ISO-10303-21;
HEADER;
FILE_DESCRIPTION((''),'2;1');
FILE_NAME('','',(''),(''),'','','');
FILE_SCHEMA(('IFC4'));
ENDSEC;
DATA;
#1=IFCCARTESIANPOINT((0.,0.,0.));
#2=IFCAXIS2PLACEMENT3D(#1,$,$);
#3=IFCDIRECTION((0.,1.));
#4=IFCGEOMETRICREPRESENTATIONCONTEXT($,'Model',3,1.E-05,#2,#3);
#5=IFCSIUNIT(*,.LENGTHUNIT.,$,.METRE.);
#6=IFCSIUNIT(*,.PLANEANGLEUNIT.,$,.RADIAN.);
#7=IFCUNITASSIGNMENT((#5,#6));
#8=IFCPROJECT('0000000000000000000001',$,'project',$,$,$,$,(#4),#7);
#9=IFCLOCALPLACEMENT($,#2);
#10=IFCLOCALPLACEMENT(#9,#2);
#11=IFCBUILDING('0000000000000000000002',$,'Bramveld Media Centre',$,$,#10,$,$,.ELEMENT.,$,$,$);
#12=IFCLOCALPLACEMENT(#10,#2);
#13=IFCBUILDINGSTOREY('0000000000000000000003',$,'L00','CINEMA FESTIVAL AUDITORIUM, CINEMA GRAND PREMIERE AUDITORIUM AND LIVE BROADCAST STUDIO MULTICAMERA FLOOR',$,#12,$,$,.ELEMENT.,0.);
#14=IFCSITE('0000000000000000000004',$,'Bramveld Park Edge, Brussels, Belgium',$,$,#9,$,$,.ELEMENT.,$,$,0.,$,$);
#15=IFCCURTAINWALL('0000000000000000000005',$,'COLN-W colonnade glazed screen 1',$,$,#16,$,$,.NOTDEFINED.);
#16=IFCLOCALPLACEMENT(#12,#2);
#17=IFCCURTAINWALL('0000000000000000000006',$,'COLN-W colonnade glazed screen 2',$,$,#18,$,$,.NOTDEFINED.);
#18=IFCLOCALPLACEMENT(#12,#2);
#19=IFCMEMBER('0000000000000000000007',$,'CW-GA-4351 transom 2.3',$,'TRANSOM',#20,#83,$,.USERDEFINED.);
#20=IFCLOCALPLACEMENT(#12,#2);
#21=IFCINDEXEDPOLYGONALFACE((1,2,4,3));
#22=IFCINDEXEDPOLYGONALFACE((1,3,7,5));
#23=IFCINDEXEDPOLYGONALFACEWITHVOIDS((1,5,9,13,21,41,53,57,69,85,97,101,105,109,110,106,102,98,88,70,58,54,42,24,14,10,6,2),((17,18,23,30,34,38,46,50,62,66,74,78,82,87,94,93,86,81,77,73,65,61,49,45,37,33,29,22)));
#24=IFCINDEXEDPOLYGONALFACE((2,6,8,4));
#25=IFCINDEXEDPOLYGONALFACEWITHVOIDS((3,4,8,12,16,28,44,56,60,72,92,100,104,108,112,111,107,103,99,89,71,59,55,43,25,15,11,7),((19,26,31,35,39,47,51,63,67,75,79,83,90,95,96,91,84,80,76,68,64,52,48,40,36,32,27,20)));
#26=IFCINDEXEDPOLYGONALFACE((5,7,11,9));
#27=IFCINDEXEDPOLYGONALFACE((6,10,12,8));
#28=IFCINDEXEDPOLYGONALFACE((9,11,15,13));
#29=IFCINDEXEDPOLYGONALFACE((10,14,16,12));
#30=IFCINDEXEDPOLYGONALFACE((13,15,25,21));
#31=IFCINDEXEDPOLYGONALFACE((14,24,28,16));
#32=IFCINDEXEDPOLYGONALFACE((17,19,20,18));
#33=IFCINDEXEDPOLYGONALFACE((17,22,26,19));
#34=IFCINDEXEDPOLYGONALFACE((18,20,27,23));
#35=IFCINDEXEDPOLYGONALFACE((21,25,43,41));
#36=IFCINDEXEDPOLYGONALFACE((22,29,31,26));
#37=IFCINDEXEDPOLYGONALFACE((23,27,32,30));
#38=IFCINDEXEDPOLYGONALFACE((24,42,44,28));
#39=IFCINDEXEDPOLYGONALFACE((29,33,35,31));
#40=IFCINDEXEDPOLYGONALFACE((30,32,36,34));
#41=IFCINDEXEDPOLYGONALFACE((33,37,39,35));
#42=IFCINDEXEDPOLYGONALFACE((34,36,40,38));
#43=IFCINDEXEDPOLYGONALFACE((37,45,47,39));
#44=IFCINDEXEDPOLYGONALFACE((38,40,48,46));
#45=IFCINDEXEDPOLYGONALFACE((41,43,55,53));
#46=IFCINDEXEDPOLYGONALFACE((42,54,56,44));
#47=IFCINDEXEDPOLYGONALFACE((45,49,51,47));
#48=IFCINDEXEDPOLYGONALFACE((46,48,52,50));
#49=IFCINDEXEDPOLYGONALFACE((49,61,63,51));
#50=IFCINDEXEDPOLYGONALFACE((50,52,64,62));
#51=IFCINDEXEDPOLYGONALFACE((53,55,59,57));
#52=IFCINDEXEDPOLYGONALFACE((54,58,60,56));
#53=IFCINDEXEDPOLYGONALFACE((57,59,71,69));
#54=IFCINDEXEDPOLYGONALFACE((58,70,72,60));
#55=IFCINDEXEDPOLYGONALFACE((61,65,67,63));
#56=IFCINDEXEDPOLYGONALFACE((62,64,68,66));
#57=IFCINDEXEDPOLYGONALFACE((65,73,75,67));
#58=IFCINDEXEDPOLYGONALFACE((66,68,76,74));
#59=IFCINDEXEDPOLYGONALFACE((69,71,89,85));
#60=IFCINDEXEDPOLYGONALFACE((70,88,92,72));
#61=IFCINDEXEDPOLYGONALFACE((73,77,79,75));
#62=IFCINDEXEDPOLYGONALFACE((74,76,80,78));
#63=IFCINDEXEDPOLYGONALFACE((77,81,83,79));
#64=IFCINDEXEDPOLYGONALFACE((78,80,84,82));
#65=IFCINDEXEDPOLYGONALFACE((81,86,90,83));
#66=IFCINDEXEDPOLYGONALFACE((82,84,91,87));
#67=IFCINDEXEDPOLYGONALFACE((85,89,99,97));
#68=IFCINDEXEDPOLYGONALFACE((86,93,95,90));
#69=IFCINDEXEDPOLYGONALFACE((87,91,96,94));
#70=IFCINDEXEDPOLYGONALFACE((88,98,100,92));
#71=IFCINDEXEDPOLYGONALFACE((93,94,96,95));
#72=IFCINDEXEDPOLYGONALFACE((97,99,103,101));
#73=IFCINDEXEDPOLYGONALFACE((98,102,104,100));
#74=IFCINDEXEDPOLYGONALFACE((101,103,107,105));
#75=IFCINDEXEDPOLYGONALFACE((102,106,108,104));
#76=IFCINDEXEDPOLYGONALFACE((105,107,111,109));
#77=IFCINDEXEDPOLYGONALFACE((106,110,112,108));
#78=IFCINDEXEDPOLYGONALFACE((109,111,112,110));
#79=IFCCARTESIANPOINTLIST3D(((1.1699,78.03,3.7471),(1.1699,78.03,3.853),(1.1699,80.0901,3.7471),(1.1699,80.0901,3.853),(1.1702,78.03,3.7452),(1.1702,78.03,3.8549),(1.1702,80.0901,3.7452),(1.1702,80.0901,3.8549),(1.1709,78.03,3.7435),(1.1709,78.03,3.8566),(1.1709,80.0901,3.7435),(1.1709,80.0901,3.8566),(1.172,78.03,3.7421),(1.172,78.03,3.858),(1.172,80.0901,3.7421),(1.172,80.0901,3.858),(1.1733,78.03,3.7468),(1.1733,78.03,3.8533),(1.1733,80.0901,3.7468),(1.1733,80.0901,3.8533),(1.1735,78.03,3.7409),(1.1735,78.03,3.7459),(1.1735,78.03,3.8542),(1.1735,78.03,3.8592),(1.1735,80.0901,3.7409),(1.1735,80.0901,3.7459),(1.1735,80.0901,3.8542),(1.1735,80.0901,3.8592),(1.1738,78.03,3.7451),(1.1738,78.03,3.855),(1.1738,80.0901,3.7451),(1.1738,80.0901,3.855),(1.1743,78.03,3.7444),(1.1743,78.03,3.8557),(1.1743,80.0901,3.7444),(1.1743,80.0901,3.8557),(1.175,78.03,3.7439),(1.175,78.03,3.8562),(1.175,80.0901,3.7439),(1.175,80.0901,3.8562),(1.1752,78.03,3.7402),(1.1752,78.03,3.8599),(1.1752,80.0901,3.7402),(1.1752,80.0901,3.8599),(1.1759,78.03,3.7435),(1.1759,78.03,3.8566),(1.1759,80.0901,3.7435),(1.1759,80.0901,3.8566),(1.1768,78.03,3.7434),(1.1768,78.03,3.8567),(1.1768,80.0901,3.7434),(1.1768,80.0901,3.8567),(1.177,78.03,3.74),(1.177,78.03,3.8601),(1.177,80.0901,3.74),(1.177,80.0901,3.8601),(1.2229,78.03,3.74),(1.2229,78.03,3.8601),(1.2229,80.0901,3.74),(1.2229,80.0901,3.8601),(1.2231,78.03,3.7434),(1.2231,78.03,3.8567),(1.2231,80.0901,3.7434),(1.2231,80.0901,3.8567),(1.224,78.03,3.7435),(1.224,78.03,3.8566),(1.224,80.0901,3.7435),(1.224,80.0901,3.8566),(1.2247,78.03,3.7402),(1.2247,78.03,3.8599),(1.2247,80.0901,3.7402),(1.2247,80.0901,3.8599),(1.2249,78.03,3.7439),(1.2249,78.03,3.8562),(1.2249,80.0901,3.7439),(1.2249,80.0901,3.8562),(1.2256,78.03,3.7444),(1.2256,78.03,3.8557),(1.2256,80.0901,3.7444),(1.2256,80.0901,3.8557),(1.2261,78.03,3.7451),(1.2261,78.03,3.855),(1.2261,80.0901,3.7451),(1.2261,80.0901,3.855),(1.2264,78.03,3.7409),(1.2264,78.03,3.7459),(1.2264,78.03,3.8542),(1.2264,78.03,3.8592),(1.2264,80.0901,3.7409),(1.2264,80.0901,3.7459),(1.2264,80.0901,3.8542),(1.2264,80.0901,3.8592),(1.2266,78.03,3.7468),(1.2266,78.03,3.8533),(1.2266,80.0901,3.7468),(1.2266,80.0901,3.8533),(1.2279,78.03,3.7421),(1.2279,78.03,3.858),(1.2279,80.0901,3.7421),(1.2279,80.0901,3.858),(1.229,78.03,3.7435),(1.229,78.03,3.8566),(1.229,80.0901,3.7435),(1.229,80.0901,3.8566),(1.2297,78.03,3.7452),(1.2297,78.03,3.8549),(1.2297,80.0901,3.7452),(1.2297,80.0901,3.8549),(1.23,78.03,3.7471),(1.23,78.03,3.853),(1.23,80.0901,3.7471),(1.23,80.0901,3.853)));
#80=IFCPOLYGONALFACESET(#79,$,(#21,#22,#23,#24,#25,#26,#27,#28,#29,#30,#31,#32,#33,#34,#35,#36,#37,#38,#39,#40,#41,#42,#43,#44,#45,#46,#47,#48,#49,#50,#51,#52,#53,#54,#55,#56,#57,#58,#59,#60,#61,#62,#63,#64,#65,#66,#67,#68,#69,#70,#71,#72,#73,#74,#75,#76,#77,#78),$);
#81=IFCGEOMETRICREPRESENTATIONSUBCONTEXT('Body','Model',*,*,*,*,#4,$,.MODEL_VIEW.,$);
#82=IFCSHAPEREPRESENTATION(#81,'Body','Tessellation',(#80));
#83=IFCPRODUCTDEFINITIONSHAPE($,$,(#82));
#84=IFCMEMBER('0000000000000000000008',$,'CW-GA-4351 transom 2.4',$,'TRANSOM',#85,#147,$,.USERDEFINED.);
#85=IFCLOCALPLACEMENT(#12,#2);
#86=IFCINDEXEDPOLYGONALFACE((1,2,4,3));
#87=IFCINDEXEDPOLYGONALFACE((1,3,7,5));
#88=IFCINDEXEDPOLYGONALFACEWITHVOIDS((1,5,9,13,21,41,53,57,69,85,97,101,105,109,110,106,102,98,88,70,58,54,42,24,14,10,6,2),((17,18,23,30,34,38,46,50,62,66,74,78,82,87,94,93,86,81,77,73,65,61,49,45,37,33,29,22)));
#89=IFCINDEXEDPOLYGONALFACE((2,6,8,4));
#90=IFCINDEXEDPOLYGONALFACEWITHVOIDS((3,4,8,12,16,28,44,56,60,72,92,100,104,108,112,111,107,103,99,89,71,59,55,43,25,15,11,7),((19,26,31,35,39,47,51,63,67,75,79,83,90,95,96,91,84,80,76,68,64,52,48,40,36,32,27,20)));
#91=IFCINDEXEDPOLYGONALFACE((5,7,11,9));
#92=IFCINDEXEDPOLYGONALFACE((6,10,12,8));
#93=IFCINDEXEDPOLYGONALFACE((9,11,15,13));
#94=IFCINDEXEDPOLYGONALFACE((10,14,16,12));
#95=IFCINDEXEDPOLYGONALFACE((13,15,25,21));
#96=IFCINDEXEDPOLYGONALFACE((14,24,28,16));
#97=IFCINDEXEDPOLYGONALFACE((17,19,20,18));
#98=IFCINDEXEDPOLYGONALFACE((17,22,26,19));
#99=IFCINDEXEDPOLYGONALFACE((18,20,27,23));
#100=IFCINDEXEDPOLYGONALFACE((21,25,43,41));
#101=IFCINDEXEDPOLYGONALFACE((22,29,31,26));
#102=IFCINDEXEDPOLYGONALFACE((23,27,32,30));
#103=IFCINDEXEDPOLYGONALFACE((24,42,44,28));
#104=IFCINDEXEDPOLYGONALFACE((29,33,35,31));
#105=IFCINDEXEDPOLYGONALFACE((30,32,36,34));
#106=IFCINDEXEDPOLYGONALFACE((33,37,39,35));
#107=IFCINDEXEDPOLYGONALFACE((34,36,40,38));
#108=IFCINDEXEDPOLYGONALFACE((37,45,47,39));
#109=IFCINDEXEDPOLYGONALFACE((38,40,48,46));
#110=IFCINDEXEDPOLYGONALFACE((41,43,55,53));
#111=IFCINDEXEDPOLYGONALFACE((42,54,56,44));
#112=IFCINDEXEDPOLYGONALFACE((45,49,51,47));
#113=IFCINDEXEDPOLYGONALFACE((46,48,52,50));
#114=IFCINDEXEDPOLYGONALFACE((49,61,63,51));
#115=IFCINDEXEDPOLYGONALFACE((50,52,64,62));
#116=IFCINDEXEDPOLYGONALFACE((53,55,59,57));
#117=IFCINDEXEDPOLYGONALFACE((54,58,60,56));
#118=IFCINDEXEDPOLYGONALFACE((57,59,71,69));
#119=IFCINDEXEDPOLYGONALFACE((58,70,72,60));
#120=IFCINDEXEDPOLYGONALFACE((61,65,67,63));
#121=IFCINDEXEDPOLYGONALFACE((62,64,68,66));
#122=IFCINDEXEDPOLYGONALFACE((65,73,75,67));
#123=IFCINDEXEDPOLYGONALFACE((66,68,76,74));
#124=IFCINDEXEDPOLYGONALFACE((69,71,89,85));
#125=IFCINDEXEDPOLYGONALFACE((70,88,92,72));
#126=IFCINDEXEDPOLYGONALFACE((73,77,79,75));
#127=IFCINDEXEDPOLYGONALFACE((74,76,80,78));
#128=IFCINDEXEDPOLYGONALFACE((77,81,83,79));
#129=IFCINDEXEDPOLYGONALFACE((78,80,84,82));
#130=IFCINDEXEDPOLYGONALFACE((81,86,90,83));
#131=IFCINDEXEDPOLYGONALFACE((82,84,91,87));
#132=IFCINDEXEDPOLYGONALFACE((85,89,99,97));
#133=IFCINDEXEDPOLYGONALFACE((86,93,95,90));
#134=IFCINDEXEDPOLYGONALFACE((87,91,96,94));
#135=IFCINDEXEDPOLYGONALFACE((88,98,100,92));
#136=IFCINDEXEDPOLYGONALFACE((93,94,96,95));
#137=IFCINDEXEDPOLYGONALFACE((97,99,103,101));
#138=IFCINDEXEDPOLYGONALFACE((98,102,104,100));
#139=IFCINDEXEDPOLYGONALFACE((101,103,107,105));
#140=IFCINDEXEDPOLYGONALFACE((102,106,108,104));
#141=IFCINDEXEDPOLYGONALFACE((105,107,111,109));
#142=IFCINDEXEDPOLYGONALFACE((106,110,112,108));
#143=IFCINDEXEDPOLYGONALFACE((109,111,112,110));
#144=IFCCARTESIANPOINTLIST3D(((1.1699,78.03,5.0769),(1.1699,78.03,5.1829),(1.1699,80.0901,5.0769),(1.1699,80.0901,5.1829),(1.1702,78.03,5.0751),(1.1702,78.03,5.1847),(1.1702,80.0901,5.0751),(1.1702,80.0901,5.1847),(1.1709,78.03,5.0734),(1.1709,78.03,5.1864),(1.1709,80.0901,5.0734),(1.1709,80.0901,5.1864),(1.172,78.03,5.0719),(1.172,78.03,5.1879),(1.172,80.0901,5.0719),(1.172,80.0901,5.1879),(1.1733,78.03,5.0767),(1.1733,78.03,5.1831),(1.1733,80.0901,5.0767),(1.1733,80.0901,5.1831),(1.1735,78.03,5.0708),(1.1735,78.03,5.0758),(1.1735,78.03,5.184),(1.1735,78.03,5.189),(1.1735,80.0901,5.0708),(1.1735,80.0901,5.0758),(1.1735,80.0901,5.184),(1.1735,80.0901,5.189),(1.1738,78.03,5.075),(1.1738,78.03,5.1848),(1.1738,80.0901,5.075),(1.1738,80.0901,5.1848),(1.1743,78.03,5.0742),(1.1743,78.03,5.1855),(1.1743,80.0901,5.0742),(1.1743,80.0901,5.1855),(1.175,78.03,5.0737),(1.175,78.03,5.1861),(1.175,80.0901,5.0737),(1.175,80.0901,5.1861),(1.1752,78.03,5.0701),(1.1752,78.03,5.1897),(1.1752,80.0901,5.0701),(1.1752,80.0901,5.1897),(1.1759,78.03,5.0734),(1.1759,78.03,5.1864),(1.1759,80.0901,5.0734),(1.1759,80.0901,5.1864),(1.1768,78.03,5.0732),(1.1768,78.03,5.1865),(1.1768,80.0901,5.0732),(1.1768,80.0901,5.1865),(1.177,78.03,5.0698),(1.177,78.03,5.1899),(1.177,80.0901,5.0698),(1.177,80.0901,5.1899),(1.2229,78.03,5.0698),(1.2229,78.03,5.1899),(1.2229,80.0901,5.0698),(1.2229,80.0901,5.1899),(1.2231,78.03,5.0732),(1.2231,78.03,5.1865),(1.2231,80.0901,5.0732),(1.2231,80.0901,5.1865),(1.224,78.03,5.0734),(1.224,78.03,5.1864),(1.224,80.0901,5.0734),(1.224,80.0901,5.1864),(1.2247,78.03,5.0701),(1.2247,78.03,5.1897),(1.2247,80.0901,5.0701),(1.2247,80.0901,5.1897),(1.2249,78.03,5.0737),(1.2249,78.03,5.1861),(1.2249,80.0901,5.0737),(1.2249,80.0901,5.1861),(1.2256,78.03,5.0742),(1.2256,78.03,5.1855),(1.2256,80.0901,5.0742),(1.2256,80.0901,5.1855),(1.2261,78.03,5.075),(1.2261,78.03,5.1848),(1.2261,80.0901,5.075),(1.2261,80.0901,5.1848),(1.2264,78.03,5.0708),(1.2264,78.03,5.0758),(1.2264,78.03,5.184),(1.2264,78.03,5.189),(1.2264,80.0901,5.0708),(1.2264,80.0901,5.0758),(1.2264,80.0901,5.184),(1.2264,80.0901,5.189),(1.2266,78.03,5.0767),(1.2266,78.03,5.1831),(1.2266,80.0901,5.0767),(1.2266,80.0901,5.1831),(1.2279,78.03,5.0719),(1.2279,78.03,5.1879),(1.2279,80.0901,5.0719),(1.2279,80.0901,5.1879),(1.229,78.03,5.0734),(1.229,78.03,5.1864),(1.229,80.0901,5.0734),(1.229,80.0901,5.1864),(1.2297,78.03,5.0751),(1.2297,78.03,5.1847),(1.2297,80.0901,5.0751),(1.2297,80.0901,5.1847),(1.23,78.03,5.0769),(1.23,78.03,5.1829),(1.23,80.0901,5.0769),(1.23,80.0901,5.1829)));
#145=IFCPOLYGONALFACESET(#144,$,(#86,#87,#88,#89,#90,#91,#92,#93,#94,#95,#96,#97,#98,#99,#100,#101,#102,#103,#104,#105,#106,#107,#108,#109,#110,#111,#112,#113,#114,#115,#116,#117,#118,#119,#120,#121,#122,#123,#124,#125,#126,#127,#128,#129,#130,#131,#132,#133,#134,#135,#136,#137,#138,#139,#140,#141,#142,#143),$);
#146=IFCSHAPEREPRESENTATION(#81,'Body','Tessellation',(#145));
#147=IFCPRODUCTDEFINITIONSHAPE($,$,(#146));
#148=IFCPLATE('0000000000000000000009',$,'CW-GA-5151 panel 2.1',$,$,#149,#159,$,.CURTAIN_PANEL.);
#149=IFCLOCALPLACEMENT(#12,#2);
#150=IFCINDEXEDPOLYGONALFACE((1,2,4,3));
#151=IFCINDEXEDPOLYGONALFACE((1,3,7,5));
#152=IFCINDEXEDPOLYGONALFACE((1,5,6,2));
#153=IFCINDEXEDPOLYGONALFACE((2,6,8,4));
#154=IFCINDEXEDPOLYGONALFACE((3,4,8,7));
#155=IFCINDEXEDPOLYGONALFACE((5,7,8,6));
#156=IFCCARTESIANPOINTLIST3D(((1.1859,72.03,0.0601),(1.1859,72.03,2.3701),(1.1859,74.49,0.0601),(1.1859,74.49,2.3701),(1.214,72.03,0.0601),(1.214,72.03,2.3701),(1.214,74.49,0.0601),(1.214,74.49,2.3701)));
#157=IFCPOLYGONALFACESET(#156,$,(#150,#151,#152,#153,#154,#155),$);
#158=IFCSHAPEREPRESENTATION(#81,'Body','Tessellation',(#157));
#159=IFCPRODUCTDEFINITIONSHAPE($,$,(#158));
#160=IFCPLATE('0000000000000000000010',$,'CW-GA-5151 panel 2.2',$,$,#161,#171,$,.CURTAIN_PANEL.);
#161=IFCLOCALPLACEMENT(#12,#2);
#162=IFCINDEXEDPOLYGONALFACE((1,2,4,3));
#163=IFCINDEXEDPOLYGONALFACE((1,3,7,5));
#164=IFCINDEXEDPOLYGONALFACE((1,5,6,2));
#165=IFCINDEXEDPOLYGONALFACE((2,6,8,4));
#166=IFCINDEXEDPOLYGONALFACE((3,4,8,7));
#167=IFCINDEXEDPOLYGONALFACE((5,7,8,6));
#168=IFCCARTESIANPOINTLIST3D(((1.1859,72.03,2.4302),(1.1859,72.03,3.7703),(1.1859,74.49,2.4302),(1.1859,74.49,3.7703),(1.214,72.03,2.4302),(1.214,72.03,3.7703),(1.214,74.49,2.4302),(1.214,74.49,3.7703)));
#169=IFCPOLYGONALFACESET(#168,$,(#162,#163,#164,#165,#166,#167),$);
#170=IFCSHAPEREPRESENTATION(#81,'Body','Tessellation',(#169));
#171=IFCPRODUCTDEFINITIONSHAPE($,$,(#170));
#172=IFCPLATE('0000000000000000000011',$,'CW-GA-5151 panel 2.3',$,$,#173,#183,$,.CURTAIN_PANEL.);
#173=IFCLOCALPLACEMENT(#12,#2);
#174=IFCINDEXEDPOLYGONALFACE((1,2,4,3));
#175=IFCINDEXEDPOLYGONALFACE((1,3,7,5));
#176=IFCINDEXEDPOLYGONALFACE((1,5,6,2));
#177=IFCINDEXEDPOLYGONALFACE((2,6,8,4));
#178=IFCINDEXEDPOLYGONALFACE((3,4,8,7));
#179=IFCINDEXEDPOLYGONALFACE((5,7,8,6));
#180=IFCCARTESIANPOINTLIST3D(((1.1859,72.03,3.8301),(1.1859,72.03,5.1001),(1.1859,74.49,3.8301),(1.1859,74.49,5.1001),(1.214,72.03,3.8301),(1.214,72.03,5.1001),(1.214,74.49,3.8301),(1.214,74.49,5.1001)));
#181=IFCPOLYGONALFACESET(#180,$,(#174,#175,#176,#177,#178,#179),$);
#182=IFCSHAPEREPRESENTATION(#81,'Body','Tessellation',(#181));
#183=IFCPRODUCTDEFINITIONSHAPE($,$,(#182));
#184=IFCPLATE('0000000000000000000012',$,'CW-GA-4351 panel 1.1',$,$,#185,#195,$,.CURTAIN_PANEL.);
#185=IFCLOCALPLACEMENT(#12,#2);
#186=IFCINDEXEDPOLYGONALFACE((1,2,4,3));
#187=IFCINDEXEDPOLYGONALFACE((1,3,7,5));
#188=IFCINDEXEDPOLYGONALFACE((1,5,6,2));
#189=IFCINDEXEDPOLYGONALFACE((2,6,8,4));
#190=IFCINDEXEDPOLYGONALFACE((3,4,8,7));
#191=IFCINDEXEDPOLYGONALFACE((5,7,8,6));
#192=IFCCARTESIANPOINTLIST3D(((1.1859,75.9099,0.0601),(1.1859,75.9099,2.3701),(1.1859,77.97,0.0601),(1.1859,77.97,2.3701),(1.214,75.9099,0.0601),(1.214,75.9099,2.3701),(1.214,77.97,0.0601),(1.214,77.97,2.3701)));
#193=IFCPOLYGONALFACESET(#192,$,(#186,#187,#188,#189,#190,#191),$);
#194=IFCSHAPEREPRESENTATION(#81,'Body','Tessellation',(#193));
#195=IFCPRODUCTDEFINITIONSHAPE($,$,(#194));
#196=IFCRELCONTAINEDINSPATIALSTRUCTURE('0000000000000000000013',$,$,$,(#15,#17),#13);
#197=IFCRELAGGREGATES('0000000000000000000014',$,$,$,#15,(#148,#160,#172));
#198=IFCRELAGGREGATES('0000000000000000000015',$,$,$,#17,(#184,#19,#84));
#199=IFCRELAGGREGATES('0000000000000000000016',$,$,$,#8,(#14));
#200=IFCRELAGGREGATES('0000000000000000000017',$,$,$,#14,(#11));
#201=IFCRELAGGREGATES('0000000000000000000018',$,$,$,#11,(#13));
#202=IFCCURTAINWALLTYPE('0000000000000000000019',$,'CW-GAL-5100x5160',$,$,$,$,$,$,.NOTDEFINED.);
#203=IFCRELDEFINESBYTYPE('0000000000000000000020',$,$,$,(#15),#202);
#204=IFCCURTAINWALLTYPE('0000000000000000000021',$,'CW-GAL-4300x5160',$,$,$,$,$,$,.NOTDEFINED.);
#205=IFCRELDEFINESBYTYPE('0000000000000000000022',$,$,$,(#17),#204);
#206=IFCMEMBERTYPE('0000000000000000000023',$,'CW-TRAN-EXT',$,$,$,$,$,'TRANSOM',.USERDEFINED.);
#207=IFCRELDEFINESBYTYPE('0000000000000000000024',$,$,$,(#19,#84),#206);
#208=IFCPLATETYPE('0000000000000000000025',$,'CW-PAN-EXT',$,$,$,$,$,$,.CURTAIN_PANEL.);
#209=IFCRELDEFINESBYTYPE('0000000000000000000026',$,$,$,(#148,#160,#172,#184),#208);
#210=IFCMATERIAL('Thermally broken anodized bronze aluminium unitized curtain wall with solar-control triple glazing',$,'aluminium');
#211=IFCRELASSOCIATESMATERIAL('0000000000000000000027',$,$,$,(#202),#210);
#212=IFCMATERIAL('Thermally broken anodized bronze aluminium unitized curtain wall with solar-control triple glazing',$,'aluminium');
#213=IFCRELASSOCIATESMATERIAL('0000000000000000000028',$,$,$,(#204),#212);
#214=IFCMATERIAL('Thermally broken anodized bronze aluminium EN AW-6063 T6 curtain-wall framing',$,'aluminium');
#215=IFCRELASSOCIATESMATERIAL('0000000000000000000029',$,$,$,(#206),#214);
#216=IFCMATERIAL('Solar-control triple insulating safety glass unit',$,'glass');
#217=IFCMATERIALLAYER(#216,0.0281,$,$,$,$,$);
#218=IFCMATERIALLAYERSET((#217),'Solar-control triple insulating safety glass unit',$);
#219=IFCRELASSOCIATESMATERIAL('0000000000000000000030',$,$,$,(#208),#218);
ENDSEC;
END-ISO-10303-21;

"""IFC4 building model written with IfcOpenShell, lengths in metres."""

from ifc_helpers import new_model, si_unit, direction, frame, origin, origin_2d, place, context, subcontext, project, spatial, rectangle, hollow_rectangle, extrude, material, layer, layer_set, material_profile, profile_set, type_object, element, aggregate, save


model = new_model("IFC4")

# Units and contexts
model_context = context("Model", 3, precision=1e-05, world=origin(), true_north=direction((0.0, 1.0)))
body_context = subcontext(model_context, "Body", "Model", "MODEL_VIEW")
ifc_project = project(units=[si_unit("LENGTHUNIT", "METRE"), si_unit("PLANEANGLEUNIT", "RADIAN")], contexts=[model_context])

# Site, building, storey
site_placement = place(None, origin())
site = spatial("IfcSite", under=ifc_project, at=site_placement, Name="Bramveld Park Edge, Brussels, Belgium", CompositionType="ELEMENT", RefElevation=0.0)
building_placement = place(site_placement, origin())
building = spatial("IfcBuilding", under=site, at=building_placement, Name="Bramveld Media Centre", CompositionType="ELEMENT")
storey_placement = place(building_placement, origin())
storey = spatial("IfcBuildingStorey", under=building, at=storey_placement, Name="L00", Description="CINEMA FESTIVAL AUDITORIUM, CINEMA GRAND PREMIERE AUDITORIUM AND LIVE BROADCAST STUDIO MULTICAMERA FLOOR", CompositionType="ELEMENT", Elevation=0.0)

# Curtain wall
ifc_material_1 = material(Name="Thermally broken anodized bronze aluminium unitized curtain wall with solar-control triple glazing", Category="aluminium")
curtain_wall_type_1 = type_object("IfcCurtainWallType", Name="CW-GAL-5100x5160", PredefinedType="NOTDEFINED", material=ifc_material_1)
curtain_wall_1_placement = place(storey_placement, origin())
curtain_wall_1 = element("IfcCurtainWall", 1, at=curtain_wall_1_placement, inside=storey, type_object=curtain_wall_type_1, Name="COLN-W colonnade glazed screen 1", PredefinedType="NOTDEFINED")

# Curtain wall
ifc_material_2 = material(Name="Thermally broken anodized bronze aluminium unitized curtain wall with solar-control triple glazing", Category="aluminium")
curtain_wall_type_2 = type_object("IfcCurtainWallType", Name="CW-GAL-4300x5160", PredefinedType="NOTDEFINED", material=ifc_material_2)
curtain_wall_2_placement = place(storey_placement, origin())
curtain_wall_2 = element("IfcCurtainWall", 2, at=curtain_wall_2_placement, inside=storey, type_object=curtain_wall_type_2, Name="COLN-W colonnade glazed screen 2", PredefinedType="NOTDEFINED")

# Members
ifc_material_3 = material(Name="Thermally broken anodized bronze aluminium EN AW-6063 T6 curtain-wall framing", Category="aluminium")
ifc_material_profile_1 = material_profile(ifc_material_3, hollow_rectangle(XDim=0.0601, YDim=0.1201, WallThickness=0.0034, InnerFilletRadius=0.0034, OuterFilletRadius=0.0071, at=origin_2d()), Name="AL-TRAN 60x120")
ifc_profile_set_1 = profile_set([ifc_material_profile_1], Name="Thermally broken anodized bronze aluminium EN AW-6063 T6 curtain-wall framing")
member_type_1 = type_object("IfcMemberType", Name="CW-TRAN-EXT", ElementType="TRANSOM", PredefinedType="USERDEFINED", material=ifc_profile_set_1)
member_1_placement = place(storey_placement, frame((1.2, 78.03, 3.8), z_axis=(0.0, 1.0, 0.0), x_axis=(-1.0, 0.0, 0.0)))
member_1 = element("IfcMember", 3, at=member_1_placement, type_object=member_type_1, Name="CW-GA-4351 transom 2.3", ObjectType="TRANSOM", PredefinedType="USERDEFINED", context=body_context, shape_type="SweptSolid", body=[
    extrude(hollow_rectangle(XDim=0.0601, YDim=0.1201, WallThickness=0.0034, InnerFilletRadius=0.0034, OuterFilletRadius=0.0071, at=origin_2d()), origin(), (0.0, 0.0, 1.0), 2.0601),
])
member_2_placement = place(storey_placement, frame((1.2, 78.03, 5.1299), z_axis=(0.0, 1.0, 0.0), x_axis=(-1.0, 0.0, 0.0)))
member_2 = element("IfcMember", 4, at=member_2_placement, type_object=member_type_1, Name="CW-GA-4351 transom 2.4", ObjectType="TRANSOM", PredefinedType="USERDEFINED", context=body_context, shape_type="SweptSolid", body=[
    extrude(hollow_rectangle(XDim=0.0601, YDim=0.1201, WallThickness=0.0034, InnerFilletRadius=0.0034, OuterFilletRadius=0.0071, at=origin_2d()), origin(), (0.0, 0.0, 1.0), 2.0601),
])

# Plates
ifc_material_4 = material(Name="Solar-control triple insulating safety glass unit", Category="glass")
ifc_layer = layer(ifc_material_4, 0.0281)
ifc_layer_set = layer_set([ifc_layer], Name="Solar-control triple insulating safety glass unit")
plate_type = type_object("IfcPlateType", Name="CW-PAN-EXT", PredefinedType="CURTAIN_PANEL", material=ifc_layer_set)
plate_1_placement = place(storey_placement, frame((1.2, 73.26, 0.0601), z_axis=(0.0, 0.0, 1.0), x_axis=(0.0, 1.0, 0.0)))
plate_1 = element("IfcPlate", 5, at=plate_1_placement, type_object=plate_type, Name="CW-GA-5151 panel 2.1", PredefinedType="CURTAIN_PANEL", context=body_context, shape_type="SweptSolid", body=[
    extrude(rectangle(XDim=2.46, YDim=0.0281, at=origin_2d()), origin(), (0.0, 0.0, 1.0), 2.3101),
])
plate_2_placement = place(storey_placement, frame((1.2, 73.26, 2.4302), z_axis=(0.0, 0.0, 1.0), x_axis=(0.0, 1.0, 0.0)))
plate_2 = element("IfcPlate", 6, at=plate_2_placement, type_object=plate_type, Name="CW-GA-5151 panel 2.2", PredefinedType="CURTAIN_PANEL", context=body_context, shape_type="SweptSolid", body=[
    extrude(rectangle(XDim=2.46, YDim=0.0281, at=origin_2d()), origin(), (0.0, 0.0, 1.0), 1.3401),
])
plate_3_placement = place(storey_placement, frame((1.2, 73.26, 3.8301), z_axis=(0.0, 0.0, 1.0), x_axis=(0.0, 1.0, 0.0)))
plate_3 = element("IfcPlate", 7, at=plate_3_placement, type_object=plate_type, Name="CW-GA-5151 panel 2.3", PredefinedType="CURTAIN_PANEL", context=body_context, shape_type="SweptSolid", body=[
    extrude(rectangle(XDim=2.46, YDim=0.0281, at=origin_2d()), origin(), (0.0, 0.0, 1.0), 1.27),
])
aggregate(curtain_wall_1, [plate_1, plate_2, plate_3])
plate_4_placement = place(storey_placement, frame((1.2, 76.9399, 0.0601), z_axis=(0.0, 0.0, 1.0), x_axis=(0.0, 1.0, 0.0)))
plate_4 = element("IfcPlate", 8, at=plate_4_placement, type_object=plate_type, Name="CW-GA-4351 panel 1.1", PredefinedType="CURTAIN_PANEL", context=body_context, shape_type="SweptSolid", body=[
    extrude(rectangle(XDim=2.0601, YDim=0.0281, at=origin_2d()), origin(), (0.0, 0.0, 1.0), 2.3101),
])
aggregate(curtain_wall_2, [plate_4, member_1, member_2])

save(model, "model.ifc")
